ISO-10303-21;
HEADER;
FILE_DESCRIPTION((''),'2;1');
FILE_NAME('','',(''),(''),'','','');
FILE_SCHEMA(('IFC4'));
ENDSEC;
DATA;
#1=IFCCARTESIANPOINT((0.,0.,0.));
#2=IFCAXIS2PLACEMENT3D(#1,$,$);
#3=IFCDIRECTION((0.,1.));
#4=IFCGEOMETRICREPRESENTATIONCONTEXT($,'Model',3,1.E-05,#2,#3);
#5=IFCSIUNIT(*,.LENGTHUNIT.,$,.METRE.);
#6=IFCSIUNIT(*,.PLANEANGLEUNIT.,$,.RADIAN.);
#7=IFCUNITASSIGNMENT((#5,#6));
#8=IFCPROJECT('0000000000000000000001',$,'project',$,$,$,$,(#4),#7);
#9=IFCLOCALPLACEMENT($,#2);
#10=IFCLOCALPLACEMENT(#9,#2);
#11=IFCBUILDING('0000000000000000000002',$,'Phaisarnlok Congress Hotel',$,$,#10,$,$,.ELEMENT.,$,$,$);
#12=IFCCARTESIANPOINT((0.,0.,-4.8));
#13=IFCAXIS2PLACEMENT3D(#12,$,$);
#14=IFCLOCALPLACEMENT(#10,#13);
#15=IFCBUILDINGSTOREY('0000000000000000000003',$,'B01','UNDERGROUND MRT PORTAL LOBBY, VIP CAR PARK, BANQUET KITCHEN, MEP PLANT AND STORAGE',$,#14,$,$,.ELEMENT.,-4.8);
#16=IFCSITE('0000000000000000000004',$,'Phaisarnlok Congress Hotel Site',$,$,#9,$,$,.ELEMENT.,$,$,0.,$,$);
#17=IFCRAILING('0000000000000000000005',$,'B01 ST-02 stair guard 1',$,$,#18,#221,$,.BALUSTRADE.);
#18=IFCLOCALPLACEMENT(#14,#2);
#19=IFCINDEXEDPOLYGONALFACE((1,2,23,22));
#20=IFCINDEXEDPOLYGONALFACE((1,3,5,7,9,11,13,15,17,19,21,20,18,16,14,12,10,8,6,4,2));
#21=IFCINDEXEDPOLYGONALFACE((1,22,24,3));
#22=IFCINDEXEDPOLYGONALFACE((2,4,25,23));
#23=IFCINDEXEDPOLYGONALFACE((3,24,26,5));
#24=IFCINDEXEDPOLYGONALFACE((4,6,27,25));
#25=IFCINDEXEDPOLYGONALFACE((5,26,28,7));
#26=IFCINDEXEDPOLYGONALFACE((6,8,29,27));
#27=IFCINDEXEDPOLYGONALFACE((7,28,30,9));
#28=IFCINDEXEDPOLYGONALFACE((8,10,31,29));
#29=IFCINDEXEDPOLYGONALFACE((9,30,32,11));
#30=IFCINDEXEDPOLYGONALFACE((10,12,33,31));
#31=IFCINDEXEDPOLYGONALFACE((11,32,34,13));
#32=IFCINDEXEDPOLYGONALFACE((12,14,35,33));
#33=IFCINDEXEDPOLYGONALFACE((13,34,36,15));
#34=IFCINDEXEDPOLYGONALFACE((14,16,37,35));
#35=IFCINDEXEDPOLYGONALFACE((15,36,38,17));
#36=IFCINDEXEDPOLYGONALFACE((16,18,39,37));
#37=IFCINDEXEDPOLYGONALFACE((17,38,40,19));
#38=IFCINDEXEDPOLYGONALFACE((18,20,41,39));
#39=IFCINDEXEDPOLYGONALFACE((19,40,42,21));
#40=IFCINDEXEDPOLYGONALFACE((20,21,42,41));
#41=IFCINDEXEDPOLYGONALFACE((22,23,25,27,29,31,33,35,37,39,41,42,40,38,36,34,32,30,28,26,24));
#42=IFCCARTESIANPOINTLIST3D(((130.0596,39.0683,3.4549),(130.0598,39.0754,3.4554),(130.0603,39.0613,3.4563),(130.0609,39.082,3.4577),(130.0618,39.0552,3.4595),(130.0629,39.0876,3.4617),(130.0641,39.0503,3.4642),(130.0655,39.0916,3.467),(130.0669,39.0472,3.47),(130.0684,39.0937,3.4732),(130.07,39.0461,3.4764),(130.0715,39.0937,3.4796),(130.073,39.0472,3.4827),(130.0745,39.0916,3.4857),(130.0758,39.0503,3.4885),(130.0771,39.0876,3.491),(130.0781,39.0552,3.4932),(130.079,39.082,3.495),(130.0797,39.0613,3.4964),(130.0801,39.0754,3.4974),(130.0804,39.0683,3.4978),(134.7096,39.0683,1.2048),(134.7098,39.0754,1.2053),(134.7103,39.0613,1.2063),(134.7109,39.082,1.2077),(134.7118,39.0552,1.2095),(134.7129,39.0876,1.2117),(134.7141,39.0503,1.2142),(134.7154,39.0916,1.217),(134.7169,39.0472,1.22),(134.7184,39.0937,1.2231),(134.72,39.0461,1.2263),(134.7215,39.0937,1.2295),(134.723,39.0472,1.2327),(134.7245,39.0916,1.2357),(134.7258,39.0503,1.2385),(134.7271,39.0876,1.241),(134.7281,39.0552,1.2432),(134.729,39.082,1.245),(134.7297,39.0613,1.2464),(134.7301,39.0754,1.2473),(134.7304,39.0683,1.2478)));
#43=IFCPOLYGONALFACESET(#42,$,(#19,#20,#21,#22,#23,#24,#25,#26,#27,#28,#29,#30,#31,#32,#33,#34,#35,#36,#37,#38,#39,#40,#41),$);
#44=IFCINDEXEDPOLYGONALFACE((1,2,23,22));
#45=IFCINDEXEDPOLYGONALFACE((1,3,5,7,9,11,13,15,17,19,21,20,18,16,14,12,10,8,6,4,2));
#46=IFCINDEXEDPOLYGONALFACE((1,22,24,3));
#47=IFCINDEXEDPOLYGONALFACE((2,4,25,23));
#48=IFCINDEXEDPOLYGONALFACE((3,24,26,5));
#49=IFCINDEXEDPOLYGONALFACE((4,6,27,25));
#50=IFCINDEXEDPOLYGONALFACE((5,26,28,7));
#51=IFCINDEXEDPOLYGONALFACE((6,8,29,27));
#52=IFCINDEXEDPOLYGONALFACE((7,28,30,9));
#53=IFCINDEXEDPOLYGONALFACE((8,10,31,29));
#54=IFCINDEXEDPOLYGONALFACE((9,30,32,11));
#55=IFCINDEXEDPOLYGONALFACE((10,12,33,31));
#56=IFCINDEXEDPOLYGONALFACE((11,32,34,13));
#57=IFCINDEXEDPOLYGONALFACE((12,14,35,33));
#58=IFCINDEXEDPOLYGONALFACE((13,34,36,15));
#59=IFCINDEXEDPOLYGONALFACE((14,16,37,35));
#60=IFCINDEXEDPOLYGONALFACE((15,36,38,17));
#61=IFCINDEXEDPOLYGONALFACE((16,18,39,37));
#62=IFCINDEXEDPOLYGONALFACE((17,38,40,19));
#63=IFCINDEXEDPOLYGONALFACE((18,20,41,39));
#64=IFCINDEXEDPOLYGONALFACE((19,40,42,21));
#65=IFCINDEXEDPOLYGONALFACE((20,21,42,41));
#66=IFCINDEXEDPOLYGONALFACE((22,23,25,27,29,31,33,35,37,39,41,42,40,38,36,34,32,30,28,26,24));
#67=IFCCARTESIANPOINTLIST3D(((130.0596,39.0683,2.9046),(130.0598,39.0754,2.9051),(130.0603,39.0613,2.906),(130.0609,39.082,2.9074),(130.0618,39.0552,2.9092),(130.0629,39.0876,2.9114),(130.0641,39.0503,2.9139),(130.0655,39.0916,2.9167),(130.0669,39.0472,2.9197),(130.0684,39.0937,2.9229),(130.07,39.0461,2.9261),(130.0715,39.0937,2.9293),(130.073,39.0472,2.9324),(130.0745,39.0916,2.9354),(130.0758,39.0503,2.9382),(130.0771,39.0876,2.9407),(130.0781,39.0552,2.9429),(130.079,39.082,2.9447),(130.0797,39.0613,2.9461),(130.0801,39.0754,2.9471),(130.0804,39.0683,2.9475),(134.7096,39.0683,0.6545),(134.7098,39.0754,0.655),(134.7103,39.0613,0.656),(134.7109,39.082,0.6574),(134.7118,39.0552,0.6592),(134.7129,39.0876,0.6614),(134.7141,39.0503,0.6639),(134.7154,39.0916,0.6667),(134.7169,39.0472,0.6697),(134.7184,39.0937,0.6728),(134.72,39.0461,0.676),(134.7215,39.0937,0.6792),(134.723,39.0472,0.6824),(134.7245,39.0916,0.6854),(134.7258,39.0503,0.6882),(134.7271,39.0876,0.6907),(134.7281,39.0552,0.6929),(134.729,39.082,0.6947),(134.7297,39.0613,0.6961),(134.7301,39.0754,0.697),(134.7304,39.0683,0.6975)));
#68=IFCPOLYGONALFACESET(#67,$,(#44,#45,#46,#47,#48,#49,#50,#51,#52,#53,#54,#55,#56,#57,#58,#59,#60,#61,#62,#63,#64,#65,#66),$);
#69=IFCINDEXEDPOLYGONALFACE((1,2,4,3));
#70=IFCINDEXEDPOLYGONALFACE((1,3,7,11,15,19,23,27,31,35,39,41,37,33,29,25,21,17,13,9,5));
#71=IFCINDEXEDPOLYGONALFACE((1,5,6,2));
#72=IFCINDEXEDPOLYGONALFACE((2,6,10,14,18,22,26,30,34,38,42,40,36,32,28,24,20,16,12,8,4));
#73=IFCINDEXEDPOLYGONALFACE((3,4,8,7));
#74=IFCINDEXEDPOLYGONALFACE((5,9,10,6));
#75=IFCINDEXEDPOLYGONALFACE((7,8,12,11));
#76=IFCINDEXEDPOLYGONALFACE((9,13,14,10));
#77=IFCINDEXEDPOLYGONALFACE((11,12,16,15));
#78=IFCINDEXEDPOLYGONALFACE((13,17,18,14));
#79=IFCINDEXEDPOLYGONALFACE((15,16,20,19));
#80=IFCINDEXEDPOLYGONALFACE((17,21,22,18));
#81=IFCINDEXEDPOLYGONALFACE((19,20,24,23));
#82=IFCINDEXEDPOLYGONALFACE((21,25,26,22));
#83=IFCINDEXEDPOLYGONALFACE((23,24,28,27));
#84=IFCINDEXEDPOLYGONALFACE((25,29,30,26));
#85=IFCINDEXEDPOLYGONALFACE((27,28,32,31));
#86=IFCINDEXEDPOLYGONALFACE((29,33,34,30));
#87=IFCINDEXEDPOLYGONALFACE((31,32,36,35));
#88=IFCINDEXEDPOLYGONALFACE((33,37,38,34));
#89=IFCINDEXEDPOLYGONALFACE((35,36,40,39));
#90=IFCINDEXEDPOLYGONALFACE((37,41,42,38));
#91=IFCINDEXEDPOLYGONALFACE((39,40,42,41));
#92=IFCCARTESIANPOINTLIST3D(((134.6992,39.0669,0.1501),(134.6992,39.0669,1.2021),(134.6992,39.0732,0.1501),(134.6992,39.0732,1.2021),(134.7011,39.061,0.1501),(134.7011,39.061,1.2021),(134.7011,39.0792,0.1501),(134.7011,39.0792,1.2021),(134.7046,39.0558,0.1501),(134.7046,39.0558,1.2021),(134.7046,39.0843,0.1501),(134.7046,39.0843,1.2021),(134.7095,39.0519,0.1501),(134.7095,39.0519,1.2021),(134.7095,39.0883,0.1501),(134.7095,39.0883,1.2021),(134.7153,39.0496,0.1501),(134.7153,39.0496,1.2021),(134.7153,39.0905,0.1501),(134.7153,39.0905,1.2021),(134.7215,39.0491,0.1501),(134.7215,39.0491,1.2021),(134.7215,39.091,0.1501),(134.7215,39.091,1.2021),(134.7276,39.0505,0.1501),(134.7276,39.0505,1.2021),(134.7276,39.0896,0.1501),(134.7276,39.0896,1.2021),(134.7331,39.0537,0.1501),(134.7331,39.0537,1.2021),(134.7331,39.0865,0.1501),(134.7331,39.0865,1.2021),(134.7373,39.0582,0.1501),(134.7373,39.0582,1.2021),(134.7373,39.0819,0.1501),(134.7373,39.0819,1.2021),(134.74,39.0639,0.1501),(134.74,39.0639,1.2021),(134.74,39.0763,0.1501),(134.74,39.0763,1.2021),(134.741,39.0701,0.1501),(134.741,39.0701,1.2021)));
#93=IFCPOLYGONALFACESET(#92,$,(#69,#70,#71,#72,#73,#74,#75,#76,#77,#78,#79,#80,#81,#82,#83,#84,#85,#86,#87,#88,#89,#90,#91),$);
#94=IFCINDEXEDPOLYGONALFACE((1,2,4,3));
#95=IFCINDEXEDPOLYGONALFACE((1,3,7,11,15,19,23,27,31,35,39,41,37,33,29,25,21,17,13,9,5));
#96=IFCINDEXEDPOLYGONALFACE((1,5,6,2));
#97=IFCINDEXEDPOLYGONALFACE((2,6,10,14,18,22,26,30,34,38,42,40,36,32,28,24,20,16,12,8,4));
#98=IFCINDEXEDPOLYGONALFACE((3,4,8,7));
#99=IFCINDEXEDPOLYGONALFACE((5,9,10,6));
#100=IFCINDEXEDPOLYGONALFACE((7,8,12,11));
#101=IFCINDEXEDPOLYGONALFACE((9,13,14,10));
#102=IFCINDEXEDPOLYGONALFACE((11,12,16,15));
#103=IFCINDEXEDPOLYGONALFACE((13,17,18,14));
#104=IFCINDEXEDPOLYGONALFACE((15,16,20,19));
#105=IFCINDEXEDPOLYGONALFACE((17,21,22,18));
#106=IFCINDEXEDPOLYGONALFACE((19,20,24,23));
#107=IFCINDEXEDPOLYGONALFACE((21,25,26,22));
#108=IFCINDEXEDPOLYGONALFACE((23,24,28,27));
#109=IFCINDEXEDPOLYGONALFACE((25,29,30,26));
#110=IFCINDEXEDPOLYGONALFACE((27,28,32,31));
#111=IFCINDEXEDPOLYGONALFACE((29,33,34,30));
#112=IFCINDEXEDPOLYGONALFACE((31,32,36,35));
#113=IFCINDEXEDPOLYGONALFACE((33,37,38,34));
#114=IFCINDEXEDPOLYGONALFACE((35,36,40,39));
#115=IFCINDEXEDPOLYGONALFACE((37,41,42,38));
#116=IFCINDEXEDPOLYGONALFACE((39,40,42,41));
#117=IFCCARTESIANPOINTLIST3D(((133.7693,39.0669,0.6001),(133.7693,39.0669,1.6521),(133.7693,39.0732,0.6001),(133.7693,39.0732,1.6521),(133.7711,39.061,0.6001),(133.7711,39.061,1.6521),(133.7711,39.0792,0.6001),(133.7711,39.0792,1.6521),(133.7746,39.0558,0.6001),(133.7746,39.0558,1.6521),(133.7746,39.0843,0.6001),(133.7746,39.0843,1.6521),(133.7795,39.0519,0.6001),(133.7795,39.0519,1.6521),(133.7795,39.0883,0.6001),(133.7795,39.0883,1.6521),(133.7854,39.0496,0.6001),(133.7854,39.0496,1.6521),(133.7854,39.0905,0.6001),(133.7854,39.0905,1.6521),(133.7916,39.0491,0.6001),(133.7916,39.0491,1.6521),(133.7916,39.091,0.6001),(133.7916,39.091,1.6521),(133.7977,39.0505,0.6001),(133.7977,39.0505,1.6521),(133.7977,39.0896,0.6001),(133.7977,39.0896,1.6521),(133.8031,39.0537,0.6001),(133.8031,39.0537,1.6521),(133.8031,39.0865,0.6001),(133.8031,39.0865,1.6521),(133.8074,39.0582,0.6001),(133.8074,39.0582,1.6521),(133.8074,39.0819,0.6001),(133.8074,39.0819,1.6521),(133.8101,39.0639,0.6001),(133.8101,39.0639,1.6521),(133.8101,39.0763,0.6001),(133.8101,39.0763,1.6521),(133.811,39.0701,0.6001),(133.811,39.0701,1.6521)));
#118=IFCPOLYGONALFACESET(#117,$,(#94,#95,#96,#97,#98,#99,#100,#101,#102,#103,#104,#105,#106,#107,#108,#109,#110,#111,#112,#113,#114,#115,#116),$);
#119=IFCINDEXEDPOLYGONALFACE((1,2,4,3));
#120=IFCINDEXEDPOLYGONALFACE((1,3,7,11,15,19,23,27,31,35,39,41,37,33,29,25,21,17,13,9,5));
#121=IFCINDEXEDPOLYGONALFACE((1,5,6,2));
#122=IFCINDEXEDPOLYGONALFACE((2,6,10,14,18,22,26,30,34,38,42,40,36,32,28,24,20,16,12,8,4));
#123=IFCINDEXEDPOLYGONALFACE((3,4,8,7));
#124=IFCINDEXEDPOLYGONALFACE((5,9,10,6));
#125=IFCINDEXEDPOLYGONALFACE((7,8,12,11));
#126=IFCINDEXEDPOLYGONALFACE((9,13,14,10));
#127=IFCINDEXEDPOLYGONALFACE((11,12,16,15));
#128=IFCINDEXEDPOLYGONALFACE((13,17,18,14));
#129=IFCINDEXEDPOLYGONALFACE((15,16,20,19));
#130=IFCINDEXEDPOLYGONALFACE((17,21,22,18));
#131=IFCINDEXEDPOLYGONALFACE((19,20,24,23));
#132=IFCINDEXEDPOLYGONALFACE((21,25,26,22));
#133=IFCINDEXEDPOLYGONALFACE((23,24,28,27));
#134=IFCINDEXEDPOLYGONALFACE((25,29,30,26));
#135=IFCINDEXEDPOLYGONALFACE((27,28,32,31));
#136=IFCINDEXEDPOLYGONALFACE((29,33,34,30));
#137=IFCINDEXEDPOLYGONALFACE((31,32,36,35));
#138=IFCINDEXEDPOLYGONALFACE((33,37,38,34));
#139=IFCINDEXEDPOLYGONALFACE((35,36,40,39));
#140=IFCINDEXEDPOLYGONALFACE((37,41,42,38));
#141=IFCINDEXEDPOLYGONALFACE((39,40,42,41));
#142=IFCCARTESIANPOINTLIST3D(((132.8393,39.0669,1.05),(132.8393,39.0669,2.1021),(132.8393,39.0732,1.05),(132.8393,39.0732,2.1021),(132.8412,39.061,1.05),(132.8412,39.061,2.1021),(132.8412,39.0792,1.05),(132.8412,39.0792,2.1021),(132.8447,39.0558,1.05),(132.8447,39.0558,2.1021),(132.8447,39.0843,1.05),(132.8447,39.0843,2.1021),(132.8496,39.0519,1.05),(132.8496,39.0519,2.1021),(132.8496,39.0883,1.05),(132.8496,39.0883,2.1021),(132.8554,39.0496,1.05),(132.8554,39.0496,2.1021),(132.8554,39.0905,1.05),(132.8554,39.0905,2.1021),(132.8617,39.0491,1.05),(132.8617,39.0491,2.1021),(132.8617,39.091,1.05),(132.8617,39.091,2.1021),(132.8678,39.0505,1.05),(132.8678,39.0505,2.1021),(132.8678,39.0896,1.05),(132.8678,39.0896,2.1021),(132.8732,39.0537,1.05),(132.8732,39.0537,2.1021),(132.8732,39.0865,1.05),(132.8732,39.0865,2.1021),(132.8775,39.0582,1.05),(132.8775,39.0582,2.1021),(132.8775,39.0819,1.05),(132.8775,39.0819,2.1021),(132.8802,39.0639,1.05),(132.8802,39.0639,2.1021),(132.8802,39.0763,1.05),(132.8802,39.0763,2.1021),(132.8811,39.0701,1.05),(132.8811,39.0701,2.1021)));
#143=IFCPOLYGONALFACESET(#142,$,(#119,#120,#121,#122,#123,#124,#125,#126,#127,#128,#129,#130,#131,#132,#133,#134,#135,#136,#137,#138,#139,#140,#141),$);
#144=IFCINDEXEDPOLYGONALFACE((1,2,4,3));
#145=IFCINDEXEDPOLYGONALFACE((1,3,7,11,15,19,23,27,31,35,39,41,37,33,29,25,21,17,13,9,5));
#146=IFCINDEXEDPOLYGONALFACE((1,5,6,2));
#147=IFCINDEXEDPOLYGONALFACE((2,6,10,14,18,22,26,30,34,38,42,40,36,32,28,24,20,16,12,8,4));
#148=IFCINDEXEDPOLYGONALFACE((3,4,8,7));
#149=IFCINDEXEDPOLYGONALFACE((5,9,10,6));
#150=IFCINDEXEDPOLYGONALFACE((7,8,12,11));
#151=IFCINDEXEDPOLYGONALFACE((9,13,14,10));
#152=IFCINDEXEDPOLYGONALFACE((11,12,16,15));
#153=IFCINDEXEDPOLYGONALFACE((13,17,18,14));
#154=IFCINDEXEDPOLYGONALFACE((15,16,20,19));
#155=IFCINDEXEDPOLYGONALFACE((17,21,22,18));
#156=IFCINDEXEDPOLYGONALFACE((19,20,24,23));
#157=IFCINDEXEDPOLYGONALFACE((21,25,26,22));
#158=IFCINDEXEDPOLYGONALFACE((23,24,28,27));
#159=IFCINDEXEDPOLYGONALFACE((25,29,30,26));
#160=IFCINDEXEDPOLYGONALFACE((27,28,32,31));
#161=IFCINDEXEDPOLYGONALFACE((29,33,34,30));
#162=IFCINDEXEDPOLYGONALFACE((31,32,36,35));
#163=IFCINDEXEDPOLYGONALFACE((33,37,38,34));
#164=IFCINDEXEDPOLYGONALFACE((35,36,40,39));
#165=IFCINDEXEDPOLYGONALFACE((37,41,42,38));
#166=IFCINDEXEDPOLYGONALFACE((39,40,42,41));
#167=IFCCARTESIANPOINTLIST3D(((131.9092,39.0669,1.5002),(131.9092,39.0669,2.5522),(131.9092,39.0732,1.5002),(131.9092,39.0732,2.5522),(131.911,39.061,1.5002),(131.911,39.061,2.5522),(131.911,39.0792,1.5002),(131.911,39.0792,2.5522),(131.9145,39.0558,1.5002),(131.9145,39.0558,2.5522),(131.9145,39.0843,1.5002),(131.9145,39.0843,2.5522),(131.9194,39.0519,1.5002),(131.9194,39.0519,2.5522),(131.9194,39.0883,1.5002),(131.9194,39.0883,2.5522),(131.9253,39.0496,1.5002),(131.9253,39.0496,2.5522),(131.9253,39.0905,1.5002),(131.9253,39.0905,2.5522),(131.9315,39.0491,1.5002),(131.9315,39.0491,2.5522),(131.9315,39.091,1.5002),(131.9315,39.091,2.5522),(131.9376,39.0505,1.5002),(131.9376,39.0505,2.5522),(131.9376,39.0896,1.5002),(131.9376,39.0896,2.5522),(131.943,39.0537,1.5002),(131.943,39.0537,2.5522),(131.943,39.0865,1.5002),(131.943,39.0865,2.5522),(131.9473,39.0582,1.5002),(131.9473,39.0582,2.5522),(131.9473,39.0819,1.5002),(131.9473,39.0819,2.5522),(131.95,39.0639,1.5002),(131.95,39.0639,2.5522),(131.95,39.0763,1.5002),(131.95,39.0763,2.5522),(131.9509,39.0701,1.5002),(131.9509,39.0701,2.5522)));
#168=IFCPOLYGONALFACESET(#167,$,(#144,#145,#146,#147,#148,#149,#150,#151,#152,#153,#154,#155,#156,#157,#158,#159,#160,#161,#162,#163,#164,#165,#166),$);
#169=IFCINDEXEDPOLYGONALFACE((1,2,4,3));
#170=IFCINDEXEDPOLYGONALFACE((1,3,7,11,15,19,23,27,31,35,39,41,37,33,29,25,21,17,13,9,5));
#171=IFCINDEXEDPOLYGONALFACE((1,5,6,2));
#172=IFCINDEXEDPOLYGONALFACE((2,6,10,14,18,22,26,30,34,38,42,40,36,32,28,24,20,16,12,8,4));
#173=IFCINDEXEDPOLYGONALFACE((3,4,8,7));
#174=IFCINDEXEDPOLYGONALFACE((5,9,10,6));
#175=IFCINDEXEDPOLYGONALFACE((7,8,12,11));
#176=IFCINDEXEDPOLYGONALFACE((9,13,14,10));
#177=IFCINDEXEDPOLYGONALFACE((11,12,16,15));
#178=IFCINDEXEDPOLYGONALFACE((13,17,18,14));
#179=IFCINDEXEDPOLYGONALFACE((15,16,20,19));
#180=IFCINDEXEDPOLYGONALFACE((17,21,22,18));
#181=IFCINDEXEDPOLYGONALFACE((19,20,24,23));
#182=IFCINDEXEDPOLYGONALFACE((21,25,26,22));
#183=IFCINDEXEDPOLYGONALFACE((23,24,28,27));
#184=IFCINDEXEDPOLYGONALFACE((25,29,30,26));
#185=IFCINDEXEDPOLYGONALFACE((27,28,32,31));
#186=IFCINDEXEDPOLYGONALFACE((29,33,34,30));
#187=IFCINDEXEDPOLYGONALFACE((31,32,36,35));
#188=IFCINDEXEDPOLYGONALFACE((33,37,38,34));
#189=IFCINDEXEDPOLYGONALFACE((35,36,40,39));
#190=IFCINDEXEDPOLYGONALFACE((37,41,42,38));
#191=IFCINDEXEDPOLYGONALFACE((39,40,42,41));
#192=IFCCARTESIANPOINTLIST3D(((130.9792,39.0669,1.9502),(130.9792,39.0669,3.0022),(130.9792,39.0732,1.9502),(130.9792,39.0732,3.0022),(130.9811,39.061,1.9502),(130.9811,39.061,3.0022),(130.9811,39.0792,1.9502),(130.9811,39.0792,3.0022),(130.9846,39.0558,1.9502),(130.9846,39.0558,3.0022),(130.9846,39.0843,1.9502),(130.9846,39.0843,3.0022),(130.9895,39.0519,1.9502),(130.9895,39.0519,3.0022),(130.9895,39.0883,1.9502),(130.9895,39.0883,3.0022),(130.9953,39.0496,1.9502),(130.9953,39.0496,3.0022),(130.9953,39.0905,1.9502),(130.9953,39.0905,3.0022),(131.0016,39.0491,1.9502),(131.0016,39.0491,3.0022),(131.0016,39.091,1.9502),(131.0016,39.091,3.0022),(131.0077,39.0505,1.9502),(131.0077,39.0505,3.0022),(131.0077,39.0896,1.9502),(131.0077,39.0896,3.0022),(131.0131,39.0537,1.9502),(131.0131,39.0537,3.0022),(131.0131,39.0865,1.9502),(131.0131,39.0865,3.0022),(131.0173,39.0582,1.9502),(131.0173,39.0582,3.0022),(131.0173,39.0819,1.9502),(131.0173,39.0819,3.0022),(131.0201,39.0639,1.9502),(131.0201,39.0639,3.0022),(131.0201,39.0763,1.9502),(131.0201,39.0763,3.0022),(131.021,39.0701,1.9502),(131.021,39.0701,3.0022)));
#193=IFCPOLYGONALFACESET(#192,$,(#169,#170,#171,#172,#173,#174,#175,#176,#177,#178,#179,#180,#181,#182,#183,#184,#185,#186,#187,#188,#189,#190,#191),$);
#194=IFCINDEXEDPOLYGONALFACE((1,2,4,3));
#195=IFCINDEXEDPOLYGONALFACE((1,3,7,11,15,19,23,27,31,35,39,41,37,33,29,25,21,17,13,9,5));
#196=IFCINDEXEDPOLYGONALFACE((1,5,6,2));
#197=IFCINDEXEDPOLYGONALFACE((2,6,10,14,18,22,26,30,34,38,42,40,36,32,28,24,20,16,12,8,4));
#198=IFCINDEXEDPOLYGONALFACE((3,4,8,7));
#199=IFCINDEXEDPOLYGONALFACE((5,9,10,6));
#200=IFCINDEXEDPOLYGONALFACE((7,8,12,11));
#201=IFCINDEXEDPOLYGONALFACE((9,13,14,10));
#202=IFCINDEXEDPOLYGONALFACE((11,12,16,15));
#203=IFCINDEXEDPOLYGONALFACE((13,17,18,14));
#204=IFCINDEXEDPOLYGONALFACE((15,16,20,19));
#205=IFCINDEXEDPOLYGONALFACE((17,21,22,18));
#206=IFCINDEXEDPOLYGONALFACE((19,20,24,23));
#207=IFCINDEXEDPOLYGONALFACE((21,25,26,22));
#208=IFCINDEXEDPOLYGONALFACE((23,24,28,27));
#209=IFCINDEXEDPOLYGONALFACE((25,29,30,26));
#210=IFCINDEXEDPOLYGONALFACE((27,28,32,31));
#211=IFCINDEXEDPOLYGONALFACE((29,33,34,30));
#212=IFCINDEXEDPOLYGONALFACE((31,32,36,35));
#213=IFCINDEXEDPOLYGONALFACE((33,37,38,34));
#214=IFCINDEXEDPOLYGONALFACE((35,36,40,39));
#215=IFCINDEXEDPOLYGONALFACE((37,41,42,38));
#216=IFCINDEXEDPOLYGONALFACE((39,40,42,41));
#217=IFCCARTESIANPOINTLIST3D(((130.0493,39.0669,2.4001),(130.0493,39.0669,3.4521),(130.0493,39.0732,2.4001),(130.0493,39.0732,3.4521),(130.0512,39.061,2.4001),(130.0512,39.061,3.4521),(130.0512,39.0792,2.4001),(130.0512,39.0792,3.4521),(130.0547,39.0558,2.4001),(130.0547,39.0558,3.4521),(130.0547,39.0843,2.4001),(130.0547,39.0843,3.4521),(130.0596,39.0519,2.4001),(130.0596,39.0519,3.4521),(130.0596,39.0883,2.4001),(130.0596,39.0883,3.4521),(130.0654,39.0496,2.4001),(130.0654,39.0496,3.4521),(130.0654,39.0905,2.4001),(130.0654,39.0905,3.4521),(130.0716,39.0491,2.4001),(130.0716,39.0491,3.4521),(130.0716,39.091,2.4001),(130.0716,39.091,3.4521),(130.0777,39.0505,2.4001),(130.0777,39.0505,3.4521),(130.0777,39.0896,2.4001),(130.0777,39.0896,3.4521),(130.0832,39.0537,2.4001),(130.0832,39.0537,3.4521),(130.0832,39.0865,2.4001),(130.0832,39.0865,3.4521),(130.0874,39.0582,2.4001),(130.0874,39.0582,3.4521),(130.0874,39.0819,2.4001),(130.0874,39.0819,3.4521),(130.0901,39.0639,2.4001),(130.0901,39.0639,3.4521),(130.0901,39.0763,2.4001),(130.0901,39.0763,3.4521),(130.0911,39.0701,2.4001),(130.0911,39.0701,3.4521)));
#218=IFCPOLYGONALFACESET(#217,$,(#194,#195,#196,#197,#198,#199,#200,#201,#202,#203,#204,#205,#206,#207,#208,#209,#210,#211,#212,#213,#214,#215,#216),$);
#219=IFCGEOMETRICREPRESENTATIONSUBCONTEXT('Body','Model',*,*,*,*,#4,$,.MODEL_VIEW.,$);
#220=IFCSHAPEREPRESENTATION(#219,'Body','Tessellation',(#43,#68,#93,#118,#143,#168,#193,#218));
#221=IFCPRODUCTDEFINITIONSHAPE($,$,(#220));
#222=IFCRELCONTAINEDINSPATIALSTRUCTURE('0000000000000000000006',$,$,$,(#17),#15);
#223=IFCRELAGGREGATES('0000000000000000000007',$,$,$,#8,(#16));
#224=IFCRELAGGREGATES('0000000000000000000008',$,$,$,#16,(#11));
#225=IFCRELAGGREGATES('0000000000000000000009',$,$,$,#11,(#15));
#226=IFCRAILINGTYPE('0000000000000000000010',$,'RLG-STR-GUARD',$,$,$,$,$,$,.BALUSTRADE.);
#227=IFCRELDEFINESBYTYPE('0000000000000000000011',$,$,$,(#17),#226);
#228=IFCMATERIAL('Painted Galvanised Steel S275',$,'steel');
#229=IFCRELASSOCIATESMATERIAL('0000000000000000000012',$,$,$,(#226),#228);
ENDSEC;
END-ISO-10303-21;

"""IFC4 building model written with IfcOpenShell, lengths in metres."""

from ifc_helpers import new_model, si_unit, direction, frame, origin, origin_2d, place, context, subcontext, project, spatial, circle, extrude, material, type_object, element, save


model = new_model("IFC4")

# Units and contexts
model_context = context("Model", 3, precision=1e-05, world=origin(), true_north=direction((0.0, 1.0)))
body_context = subcontext(model_context, "Body", "Model", "MODEL_VIEW")
ifc_project = project(units=[si_unit("LENGTHUNIT", "METRE"), si_unit("PLANEANGLEUNIT", "RADIAN")], contexts=[model_context])

# Site, building, storey
site_placement = place(None, origin())
site = spatial("IfcSite", under=ifc_project, at=site_placement, Name="Phaisarnlok Congress Hotel Site", CompositionType="ELEMENT", RefElevation=0.0)
building_placement = place(site_placement, origin())
building = spatial("IfcBuilding", under=site, at=building_placement, Name="Phaisarnlok Congress Hotel", CompositionType="ELEMENT")
storey_placement = place(building_placement, frame((0.0, 0.0, -4.8)))
storey = spatial("IfcBuildingStorey", under=building, at=storey_placement, Name="B01", Description="UNDERGROUND MRT PORTAL LOBBY, VIP CAR PARK, BANQUET KITCHEN, MEP PLANT AND STORAGE", CompositionType="ELEMENT", Elevation=-4.8)

# Railing
ifc_material_1 = material(Name="Painted Galvanised Steel S275", Category="steel")
railing_type_1 = type_object("IfcRailingType", Name="RLG-STR-GUARD", PredefinedType="BALUSTRADE", material=ifc_material_1)
railing_1_placement = place(storey_placement, frame((134.72, 39.0701, 0.1501)))
element("IfcRailing", 1, at=railing_1_placement, inside=storey, type_object=railing_type_1, Name="B01 ST-02 stair guard 1", PredefinedType="BALUSTRADE", context=body_context, shape_type="SweptSolid", body=[
    extrude(circle(Radius=0.0239, at=origin_2d()), frame((0.0, 0.0, 1.0762), z_axis=(-0.900156, 0.0, 0.435568), x_axis=(0.0, -1.0, 0.0)), (0.0, 0.0, 1.0), 5.1658),
    extrude(circle(Radius=0.0239, at=origin_2d()), frame((0.0, 0.0, 0.5259), z_axis=(-0.900156, 0.0, 0.435568), x_axis=(0.0, -1.0, 0.0)), (0.0, 0.0, 1.0), 5.1658),
    extrude(circle(Radius=0.021, at=origin_2d()), origin(), (0.0, 0.0, 1.0), 1.052),
    extrude(circle(Radius=0.021, at=origin_2d()), frame((-0.9299, 0.0, 0.45)), (0.0, 0.0, 1.0), 1.052),
    extrude(circle(Radius=0.021, at=origin_2d()), frame((-1.8599, 0.0, 0.8999)), (0.0, 0.0, 1.0), 1.052),
    extrude(circle(Radius=0.021, at=origin_2d()), frame((-2.79, 0.0, 1.3501)), (0.0, 0.0, 1.0), 1.052),
    extrude(circle(Radius=0.021, at=origin_2d()), frame((-3.72, 0.0, 1.8)), (0.0, 0.0, 1.0), 1.052),
    extrude(circle(Radius=0.021, at=origin_2d()), frame((-4.6499, 0.0, 2.25)), (0.0, 0.0, 1.0), 1.052),
])

save(model, "model.ifc")
